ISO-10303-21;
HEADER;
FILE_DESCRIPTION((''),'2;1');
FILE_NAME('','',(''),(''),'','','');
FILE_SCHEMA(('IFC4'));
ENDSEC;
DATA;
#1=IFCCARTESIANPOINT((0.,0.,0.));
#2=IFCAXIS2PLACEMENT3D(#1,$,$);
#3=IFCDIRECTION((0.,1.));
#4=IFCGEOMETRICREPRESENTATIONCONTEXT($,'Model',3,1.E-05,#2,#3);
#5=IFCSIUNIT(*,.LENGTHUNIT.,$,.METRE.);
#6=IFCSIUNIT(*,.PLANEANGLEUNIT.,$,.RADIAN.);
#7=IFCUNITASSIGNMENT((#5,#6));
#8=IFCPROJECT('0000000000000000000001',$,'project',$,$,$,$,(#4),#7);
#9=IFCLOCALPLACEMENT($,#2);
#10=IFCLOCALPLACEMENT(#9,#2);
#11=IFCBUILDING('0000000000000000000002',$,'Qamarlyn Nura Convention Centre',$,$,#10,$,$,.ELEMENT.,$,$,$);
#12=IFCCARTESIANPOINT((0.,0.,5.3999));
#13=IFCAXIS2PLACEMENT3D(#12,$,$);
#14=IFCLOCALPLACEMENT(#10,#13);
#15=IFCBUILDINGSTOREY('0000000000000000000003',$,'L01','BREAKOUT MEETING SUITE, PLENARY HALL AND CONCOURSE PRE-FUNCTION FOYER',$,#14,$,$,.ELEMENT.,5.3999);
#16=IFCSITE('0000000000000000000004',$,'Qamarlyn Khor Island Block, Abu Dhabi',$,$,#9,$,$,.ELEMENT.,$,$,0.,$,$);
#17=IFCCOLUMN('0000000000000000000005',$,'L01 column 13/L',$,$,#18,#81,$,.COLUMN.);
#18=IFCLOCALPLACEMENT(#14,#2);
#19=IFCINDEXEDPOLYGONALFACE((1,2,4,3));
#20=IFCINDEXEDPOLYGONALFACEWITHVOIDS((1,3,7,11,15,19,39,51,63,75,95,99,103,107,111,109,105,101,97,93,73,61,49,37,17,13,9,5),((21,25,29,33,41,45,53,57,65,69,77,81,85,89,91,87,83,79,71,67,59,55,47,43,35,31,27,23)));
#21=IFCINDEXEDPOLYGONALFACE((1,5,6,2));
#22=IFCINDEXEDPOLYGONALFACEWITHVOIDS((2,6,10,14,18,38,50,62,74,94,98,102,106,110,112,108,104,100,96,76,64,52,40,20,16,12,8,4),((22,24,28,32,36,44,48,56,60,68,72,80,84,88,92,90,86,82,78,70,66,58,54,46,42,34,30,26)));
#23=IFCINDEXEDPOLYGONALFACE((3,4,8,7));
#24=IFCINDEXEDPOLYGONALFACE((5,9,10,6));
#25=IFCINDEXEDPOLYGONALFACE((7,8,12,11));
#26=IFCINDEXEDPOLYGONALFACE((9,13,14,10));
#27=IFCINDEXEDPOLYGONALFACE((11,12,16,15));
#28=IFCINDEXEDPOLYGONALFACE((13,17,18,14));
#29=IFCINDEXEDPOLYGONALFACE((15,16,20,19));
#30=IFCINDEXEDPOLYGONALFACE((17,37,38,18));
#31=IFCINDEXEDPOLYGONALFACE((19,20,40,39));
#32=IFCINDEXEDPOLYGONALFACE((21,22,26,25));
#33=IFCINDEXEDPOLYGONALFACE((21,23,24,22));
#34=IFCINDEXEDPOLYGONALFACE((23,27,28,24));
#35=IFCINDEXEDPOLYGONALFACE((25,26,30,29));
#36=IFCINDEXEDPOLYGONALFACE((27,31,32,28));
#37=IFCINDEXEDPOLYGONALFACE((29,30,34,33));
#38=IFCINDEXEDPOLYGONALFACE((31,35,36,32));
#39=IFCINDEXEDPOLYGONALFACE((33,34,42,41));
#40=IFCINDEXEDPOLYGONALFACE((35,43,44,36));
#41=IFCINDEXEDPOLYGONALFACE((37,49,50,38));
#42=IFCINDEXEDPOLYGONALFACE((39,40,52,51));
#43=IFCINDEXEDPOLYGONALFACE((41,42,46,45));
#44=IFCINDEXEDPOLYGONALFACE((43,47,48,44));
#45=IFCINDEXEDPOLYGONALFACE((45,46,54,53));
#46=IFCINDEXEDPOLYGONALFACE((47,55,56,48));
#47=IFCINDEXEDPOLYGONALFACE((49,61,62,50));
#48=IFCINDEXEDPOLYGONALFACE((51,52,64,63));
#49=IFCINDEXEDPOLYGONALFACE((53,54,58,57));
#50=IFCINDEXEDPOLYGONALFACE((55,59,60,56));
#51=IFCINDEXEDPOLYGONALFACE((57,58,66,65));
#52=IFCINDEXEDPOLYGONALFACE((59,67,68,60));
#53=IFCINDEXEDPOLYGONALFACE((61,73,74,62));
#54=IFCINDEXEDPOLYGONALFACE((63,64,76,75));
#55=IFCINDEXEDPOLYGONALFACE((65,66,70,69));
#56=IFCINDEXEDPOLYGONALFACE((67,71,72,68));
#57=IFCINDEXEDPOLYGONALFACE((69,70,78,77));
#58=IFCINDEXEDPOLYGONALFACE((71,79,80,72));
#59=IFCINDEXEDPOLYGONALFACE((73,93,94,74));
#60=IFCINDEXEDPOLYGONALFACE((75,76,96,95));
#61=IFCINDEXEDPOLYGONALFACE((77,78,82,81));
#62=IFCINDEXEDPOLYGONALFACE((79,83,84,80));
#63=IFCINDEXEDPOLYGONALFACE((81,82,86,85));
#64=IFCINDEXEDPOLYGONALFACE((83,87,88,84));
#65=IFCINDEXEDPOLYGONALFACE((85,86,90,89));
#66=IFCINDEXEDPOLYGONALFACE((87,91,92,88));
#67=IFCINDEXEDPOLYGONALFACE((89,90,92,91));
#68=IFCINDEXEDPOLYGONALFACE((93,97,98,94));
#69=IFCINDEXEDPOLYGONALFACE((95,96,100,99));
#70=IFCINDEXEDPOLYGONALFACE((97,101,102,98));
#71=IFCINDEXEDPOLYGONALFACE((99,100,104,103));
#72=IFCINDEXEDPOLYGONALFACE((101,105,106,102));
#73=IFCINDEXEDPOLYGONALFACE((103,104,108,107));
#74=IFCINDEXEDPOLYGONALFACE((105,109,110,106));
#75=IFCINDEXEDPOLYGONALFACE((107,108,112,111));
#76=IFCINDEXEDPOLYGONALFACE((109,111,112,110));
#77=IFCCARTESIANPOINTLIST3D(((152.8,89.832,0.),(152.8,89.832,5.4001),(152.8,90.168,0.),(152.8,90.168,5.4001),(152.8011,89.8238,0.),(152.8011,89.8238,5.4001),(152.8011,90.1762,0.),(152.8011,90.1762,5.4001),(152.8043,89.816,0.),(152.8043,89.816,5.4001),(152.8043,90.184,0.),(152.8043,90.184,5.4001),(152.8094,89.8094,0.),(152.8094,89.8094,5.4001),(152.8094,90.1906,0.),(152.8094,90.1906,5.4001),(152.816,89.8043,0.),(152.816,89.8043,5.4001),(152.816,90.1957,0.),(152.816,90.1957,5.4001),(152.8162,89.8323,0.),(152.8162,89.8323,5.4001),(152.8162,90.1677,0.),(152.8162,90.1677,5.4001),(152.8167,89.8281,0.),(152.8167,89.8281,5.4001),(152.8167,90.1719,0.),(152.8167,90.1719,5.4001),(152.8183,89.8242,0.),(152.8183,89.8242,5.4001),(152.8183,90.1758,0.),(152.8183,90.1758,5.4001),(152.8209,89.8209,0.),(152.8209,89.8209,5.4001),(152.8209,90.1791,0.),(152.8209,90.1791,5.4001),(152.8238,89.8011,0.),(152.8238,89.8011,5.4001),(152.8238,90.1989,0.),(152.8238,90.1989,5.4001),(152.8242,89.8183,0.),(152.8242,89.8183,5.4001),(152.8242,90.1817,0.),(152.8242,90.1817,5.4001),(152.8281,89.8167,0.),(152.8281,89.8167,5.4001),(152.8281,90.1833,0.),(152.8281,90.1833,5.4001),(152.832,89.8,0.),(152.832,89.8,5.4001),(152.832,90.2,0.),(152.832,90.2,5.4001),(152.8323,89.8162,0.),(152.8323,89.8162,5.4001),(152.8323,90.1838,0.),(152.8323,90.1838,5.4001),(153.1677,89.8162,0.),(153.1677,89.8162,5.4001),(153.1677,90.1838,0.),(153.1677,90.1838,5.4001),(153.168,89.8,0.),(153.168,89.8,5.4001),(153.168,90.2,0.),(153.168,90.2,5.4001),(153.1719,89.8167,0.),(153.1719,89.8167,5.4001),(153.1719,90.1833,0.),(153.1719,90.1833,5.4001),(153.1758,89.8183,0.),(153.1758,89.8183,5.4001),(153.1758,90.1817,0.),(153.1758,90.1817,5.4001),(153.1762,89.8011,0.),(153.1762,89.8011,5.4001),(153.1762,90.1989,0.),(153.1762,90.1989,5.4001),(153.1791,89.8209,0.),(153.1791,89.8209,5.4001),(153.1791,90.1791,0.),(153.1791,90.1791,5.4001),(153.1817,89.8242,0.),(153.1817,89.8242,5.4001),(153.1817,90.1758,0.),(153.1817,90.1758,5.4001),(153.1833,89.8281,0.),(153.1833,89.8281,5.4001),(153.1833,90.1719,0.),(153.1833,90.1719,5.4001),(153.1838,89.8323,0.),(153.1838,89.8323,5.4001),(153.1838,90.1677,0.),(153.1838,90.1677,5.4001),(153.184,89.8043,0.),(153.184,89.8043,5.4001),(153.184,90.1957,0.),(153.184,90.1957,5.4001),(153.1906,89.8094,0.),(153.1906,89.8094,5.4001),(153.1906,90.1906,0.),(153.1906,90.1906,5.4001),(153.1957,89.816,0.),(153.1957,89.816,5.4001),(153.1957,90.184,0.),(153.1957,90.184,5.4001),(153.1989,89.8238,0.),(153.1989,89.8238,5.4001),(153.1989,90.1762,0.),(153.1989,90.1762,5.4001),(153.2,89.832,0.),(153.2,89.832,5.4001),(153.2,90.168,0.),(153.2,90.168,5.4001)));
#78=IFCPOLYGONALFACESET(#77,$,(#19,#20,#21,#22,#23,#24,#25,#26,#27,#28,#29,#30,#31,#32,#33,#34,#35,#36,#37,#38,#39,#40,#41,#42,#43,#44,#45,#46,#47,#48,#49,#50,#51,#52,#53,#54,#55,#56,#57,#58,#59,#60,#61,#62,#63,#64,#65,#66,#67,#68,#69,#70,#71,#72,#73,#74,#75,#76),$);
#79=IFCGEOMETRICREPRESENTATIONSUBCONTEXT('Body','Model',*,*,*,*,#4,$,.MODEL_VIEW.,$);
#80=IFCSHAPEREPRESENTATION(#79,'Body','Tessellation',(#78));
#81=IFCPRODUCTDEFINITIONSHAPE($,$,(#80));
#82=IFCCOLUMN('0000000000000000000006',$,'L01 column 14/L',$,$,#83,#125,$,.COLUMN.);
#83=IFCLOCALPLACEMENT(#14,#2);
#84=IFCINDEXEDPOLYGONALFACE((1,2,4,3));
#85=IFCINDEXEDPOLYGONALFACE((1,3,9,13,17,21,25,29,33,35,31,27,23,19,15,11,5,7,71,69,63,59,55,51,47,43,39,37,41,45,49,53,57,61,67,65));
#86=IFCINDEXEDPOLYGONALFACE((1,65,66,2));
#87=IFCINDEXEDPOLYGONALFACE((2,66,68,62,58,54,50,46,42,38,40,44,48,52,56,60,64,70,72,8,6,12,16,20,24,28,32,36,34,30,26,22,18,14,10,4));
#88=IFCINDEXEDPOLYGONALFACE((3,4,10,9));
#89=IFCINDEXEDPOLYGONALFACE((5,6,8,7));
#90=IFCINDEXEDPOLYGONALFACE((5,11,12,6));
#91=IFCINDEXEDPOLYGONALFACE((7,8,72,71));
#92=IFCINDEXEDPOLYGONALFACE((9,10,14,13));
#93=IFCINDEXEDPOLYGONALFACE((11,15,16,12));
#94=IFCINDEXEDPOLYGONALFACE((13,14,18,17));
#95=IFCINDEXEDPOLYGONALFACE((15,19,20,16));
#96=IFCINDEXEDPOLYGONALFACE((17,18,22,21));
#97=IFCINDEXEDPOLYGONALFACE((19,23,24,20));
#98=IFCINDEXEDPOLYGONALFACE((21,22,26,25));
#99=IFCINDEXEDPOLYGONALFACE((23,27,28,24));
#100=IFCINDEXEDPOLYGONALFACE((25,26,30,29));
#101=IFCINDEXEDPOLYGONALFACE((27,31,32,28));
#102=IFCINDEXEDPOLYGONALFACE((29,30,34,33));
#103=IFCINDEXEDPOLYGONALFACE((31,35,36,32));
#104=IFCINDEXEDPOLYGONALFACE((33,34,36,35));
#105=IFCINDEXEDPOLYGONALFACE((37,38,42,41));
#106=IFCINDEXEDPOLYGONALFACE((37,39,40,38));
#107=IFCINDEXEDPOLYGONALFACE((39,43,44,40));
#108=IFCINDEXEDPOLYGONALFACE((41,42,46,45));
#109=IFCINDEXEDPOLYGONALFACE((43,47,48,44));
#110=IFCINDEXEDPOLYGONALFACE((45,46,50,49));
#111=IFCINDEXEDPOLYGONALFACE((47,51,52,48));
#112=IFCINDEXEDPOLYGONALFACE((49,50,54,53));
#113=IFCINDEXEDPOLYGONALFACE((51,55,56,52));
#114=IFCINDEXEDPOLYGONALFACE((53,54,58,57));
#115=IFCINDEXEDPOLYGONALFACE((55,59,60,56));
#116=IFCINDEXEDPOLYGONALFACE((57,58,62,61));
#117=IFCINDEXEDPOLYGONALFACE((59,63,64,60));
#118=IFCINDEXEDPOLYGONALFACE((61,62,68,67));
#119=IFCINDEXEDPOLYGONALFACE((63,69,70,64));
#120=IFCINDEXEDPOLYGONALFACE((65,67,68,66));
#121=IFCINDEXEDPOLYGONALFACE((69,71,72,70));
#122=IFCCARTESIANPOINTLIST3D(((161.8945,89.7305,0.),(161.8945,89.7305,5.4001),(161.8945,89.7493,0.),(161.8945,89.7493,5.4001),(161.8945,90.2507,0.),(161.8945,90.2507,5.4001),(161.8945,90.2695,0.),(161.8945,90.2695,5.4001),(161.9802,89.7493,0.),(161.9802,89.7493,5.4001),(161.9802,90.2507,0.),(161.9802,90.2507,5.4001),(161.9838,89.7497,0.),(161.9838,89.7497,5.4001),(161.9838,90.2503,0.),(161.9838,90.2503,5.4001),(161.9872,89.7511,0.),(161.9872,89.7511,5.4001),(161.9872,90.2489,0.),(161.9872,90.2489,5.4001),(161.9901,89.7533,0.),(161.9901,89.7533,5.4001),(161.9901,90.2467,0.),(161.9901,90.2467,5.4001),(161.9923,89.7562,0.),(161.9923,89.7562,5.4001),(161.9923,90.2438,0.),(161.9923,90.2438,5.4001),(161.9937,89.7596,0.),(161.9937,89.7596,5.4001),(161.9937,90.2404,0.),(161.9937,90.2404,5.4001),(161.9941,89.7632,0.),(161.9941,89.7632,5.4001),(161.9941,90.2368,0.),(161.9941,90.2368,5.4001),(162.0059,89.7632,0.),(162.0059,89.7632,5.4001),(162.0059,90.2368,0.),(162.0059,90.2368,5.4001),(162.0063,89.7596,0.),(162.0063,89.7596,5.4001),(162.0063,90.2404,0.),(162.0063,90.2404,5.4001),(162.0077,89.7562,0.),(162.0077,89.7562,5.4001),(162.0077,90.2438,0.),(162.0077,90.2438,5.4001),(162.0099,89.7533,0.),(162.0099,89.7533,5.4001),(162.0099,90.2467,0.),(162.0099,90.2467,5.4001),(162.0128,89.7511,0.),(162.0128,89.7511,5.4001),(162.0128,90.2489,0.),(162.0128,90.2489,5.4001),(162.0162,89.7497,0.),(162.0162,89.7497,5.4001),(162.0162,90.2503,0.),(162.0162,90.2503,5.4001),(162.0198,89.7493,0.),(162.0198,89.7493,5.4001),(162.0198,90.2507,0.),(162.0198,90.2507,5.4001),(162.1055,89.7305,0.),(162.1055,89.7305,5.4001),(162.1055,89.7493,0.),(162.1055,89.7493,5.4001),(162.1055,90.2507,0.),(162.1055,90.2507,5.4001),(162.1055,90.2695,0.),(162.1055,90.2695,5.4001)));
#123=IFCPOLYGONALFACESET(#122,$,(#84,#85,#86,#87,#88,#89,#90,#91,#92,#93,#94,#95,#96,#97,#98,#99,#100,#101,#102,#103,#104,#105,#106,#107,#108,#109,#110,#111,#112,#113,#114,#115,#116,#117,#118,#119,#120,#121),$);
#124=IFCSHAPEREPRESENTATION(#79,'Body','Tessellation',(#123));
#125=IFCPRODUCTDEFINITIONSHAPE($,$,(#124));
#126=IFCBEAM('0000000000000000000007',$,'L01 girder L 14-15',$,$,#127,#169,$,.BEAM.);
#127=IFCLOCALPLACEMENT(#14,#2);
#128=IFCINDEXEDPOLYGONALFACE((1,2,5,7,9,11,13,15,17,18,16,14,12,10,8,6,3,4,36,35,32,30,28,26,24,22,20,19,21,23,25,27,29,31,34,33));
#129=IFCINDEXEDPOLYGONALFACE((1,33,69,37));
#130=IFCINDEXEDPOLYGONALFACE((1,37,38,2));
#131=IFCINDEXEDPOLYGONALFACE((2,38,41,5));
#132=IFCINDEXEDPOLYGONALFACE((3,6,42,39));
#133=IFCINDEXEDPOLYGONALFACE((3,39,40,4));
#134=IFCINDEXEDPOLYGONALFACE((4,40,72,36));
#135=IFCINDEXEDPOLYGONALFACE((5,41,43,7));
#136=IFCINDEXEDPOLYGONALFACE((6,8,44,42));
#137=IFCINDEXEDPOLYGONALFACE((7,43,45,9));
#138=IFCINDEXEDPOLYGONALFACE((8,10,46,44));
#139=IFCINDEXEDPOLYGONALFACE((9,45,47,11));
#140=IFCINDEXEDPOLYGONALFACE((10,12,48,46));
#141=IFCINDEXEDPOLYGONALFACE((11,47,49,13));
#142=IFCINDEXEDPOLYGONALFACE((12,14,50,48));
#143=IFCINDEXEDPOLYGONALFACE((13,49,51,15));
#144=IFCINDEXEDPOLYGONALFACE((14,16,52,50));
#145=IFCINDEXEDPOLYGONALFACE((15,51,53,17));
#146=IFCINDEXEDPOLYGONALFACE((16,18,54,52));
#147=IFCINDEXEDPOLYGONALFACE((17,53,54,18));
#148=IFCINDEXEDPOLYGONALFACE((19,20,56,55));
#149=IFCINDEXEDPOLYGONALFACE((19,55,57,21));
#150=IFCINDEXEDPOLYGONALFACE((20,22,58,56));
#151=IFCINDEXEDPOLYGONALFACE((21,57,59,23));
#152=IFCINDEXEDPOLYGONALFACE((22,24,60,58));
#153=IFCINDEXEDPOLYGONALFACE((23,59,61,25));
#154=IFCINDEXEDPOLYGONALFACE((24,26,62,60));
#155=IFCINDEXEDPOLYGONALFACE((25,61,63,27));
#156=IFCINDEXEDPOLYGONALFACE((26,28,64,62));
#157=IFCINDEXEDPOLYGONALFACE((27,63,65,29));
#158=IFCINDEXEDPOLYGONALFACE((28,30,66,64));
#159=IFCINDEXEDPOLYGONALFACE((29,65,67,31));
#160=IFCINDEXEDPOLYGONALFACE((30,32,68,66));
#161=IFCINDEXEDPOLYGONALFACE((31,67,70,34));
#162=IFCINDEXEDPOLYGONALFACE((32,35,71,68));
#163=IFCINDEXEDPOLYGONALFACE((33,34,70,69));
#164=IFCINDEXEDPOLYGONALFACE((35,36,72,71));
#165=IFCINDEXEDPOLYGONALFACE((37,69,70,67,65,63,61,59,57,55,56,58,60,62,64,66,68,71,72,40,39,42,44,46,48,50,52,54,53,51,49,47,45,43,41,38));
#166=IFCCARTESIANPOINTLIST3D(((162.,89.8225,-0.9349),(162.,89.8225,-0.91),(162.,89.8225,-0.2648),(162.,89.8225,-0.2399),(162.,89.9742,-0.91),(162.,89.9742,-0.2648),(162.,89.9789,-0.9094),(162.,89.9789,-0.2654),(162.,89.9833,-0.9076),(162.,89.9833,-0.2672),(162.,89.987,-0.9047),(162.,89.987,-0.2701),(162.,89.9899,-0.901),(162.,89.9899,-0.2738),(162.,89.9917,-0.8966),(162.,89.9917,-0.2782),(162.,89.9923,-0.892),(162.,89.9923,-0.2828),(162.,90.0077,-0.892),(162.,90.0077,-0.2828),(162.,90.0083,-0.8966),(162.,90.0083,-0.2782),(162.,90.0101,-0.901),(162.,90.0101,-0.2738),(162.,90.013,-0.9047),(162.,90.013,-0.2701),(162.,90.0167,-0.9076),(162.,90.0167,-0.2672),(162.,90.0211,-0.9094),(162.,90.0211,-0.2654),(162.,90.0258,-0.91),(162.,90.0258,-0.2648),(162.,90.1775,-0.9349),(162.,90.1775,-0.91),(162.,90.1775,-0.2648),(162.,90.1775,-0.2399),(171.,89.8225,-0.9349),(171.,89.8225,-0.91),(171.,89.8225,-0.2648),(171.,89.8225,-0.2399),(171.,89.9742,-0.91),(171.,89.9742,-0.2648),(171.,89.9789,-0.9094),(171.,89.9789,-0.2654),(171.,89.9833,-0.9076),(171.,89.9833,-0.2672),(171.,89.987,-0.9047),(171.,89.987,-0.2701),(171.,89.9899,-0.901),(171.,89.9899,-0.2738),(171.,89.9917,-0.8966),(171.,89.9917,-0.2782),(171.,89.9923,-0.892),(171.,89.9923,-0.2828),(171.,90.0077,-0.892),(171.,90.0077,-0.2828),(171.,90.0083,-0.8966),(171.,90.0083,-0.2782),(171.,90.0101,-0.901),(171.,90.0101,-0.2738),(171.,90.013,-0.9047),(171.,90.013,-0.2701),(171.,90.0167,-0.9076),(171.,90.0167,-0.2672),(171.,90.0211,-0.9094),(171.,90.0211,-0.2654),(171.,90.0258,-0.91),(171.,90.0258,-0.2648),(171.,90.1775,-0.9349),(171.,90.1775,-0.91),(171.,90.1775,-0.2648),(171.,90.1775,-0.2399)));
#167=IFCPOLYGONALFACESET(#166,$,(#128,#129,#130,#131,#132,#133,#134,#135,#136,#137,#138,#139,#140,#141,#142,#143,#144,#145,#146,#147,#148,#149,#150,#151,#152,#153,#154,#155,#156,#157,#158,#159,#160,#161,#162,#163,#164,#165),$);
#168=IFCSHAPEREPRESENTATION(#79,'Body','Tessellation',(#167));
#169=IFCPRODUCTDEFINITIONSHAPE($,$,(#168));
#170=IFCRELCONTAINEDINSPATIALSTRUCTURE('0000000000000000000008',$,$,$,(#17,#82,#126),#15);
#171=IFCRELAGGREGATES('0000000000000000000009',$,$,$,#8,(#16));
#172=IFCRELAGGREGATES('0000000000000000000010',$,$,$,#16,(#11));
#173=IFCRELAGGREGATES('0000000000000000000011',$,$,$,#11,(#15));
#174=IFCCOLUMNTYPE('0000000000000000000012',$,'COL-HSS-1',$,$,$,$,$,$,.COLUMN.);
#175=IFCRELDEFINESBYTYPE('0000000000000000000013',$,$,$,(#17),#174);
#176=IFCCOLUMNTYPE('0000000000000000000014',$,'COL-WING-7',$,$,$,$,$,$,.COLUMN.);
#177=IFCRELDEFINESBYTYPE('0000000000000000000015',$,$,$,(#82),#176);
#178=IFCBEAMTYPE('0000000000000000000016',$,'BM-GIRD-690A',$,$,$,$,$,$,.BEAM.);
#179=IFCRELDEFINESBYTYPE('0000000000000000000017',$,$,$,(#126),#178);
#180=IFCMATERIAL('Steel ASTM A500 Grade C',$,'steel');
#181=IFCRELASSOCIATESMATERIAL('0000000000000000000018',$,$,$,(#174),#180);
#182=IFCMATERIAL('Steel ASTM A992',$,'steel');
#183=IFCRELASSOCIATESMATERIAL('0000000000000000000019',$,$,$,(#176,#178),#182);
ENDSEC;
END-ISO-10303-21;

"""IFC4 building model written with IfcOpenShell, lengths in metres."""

from ifc_helpers import new_model, si_unit, direction, frame, origin, origin_2d, place, context, subcontext, project, spatial, hollow_rectangle, i_section, extrude, material, material_profile, profile_set, type_object, element, save


model = new_model("IFC4")

# Units and contexts
model_context = context("Model", 3, precision=1e-05, world=origin(), true_north=direction((0.0, 1.0)))
body_context = subcontext(model_context, "Body", "Model", "MODEL_VIEW")
ifc_project = project(units=[si_unit("LENGTHUNIT", "METRE"), si_unit("PLANEANGLEUNIT", "RADIAN")], contexts=[model_context])

# Site, building, storey
site_placement = place(None, origin())
site = spatial("IfcSite", under=ifc_project, at=site_placement, Name="Qamarlyn Khor Island Block, Abu Dhabi", CompositionType="ELEMENT", RefElevation=0.0)
building_placement = place(site_placement, origin())
building = spatial("IfcBuilding", under=site, at=building_placement, Name="Qamarlyn Nura Convention Centre", CompositionType="ELEMENT")
storey_placement = place(building_placement, frame((0.0, 0.0, 5.3999)))
storey = spatial("IfcBuildingStorey", under=building, at=storey_placement, Name="L01", Description="BREAKOUT MEETING SUITE, PLENARY HALL AND CONCOURSE PRE-FUNCTION FOYER", CompositionType="ELEMENT", Elevation=5.3999)

# Columns
ifc_material_1 = material(Name="Steel ASTM A500 Grade C", Category="steel")
ifc_material_profile_1 = material_profile(ifc_material_1, hollow_rectangle(XDim=0.3999, YDim=0.3999, WallThickness=0.0161, InnerFilletRadius=0.0161, OuterFilletRadius=0.032, at=origin_2d()), Name="HSS400X400X16")
ifc_profile_set_1 = profile_set([ifc_material_profile_1], Name="Steel ASTM A500 Grade C")
column_type_1 = type_object("IfcColumnType", Name="COL-HSS-1", PredefinedType="COLUMN", material=ifc_profile_set_1)
column_1_placement = place(storey_placement, frame((153.0, 90.0, 0.0), z_axis=(0.0, 0.0, 1.0), x_axis=(1.0, 0.0, 0.0)))
element("IfcColumn", 1, at=column_1_placement, inside=storey, type_object=column_type_1, Name="L01 column 13/L", PredefinedType="COLUMN", context=body_context, shape_type="SweptSolid", body=[
    extrude(hollow_rectangle(XDim=0.3999, YDim=0.3999, WallThickness=0.0161, InnerFilletRadius=0.0161, OuterFilletRadius=0.032, at=origin_2d()), origin(), (0.0, 0.0, 1.0), 5.4001),
])
ifc_material_2 = material(Name="Steel ASTM A992", Category="steel")
ifc_material_profile_2 = material_profile(ifc_material_2, i_section(OverallWidth=0.2109, OverallDepth=0.5391, WebThickness=0.0117, FlangeThickness=0.0188, FilletRadius=0.0139, at=origin_2d()), Name="W530X109")
ifc_profile_set_2 = profile_set([ifc_material_profile_2], Name="Steel ASTM A992")
column_type_2 = type_object("IfcColumnType", Name="COL-WING-7", PredefinedType="COLUMN", material=ifc_profile_set_2)
column_2_placement = place(storey_placement, frame((162.0, 90.0, 0.0), z_axis=(0.0, 0.0, 1.0), x_axis=(1.0, 0.0, 0.0)))
element("IfcColumn", 2, at=column_2_placement, inside=storey, type_object=column_type_2, Name="L01 column 14/L", PredefinedType="COLUMN", context=body_context, shape_type="SweptSolid", body=[
    extrude(i_section(OverallWidth=0.2109, OverallDepth=0.5391, WebThickness=0.0117, FlangeThickness=0.0188, FilletRadius=0.0139, at=origin_2d()), origin(), (0.0, 0.0, 1.0), 5.4001),
])

# Beam
ifc_material_profile_3 = material_profile(ifc_material_2, i_section(OverallWidth=0.355, OverallDepth=0.6951, WebThickness=0.0154, FlangeThickness=0.0249, FilletRadius=0.0181, at=origin_2d()), Name="W690X217")
ifc_profile_set_3 = profile_set([ifc_material_profile_3], Name="Steel ASTM A992")
beam_type_1 = type_object("IfcBeamType", Name="BM-GIRD-690A", PredefinedType="BEAM", material=ifc_profile_set_3)
beam_1_placement = place(storey_placement, frame((162.0, 90.0, -0.5874), z_axis=(1.0, 0.0, 0.0), x_axis=(0.0, 1.0, 0.0)))
element("IfcBeam", 3, at=beam_1_placement, inside=storey, type_object=beam_type_1, Name="L01 girder L 14-15", PredefinedType="BEAM", context=body_context, shape_type="SweptSolid", body=[
    extrude(i_section(OverallWidth=0.355, OverallDepth=0.6951, WebThickness=0.0154, FlangeThickness=0.0249, FilletRadius=0.0181, at=origin_2d()), origin(), (0.0, 0.0, 1.0), 9.0),
])

save(model, "model.ifc")
